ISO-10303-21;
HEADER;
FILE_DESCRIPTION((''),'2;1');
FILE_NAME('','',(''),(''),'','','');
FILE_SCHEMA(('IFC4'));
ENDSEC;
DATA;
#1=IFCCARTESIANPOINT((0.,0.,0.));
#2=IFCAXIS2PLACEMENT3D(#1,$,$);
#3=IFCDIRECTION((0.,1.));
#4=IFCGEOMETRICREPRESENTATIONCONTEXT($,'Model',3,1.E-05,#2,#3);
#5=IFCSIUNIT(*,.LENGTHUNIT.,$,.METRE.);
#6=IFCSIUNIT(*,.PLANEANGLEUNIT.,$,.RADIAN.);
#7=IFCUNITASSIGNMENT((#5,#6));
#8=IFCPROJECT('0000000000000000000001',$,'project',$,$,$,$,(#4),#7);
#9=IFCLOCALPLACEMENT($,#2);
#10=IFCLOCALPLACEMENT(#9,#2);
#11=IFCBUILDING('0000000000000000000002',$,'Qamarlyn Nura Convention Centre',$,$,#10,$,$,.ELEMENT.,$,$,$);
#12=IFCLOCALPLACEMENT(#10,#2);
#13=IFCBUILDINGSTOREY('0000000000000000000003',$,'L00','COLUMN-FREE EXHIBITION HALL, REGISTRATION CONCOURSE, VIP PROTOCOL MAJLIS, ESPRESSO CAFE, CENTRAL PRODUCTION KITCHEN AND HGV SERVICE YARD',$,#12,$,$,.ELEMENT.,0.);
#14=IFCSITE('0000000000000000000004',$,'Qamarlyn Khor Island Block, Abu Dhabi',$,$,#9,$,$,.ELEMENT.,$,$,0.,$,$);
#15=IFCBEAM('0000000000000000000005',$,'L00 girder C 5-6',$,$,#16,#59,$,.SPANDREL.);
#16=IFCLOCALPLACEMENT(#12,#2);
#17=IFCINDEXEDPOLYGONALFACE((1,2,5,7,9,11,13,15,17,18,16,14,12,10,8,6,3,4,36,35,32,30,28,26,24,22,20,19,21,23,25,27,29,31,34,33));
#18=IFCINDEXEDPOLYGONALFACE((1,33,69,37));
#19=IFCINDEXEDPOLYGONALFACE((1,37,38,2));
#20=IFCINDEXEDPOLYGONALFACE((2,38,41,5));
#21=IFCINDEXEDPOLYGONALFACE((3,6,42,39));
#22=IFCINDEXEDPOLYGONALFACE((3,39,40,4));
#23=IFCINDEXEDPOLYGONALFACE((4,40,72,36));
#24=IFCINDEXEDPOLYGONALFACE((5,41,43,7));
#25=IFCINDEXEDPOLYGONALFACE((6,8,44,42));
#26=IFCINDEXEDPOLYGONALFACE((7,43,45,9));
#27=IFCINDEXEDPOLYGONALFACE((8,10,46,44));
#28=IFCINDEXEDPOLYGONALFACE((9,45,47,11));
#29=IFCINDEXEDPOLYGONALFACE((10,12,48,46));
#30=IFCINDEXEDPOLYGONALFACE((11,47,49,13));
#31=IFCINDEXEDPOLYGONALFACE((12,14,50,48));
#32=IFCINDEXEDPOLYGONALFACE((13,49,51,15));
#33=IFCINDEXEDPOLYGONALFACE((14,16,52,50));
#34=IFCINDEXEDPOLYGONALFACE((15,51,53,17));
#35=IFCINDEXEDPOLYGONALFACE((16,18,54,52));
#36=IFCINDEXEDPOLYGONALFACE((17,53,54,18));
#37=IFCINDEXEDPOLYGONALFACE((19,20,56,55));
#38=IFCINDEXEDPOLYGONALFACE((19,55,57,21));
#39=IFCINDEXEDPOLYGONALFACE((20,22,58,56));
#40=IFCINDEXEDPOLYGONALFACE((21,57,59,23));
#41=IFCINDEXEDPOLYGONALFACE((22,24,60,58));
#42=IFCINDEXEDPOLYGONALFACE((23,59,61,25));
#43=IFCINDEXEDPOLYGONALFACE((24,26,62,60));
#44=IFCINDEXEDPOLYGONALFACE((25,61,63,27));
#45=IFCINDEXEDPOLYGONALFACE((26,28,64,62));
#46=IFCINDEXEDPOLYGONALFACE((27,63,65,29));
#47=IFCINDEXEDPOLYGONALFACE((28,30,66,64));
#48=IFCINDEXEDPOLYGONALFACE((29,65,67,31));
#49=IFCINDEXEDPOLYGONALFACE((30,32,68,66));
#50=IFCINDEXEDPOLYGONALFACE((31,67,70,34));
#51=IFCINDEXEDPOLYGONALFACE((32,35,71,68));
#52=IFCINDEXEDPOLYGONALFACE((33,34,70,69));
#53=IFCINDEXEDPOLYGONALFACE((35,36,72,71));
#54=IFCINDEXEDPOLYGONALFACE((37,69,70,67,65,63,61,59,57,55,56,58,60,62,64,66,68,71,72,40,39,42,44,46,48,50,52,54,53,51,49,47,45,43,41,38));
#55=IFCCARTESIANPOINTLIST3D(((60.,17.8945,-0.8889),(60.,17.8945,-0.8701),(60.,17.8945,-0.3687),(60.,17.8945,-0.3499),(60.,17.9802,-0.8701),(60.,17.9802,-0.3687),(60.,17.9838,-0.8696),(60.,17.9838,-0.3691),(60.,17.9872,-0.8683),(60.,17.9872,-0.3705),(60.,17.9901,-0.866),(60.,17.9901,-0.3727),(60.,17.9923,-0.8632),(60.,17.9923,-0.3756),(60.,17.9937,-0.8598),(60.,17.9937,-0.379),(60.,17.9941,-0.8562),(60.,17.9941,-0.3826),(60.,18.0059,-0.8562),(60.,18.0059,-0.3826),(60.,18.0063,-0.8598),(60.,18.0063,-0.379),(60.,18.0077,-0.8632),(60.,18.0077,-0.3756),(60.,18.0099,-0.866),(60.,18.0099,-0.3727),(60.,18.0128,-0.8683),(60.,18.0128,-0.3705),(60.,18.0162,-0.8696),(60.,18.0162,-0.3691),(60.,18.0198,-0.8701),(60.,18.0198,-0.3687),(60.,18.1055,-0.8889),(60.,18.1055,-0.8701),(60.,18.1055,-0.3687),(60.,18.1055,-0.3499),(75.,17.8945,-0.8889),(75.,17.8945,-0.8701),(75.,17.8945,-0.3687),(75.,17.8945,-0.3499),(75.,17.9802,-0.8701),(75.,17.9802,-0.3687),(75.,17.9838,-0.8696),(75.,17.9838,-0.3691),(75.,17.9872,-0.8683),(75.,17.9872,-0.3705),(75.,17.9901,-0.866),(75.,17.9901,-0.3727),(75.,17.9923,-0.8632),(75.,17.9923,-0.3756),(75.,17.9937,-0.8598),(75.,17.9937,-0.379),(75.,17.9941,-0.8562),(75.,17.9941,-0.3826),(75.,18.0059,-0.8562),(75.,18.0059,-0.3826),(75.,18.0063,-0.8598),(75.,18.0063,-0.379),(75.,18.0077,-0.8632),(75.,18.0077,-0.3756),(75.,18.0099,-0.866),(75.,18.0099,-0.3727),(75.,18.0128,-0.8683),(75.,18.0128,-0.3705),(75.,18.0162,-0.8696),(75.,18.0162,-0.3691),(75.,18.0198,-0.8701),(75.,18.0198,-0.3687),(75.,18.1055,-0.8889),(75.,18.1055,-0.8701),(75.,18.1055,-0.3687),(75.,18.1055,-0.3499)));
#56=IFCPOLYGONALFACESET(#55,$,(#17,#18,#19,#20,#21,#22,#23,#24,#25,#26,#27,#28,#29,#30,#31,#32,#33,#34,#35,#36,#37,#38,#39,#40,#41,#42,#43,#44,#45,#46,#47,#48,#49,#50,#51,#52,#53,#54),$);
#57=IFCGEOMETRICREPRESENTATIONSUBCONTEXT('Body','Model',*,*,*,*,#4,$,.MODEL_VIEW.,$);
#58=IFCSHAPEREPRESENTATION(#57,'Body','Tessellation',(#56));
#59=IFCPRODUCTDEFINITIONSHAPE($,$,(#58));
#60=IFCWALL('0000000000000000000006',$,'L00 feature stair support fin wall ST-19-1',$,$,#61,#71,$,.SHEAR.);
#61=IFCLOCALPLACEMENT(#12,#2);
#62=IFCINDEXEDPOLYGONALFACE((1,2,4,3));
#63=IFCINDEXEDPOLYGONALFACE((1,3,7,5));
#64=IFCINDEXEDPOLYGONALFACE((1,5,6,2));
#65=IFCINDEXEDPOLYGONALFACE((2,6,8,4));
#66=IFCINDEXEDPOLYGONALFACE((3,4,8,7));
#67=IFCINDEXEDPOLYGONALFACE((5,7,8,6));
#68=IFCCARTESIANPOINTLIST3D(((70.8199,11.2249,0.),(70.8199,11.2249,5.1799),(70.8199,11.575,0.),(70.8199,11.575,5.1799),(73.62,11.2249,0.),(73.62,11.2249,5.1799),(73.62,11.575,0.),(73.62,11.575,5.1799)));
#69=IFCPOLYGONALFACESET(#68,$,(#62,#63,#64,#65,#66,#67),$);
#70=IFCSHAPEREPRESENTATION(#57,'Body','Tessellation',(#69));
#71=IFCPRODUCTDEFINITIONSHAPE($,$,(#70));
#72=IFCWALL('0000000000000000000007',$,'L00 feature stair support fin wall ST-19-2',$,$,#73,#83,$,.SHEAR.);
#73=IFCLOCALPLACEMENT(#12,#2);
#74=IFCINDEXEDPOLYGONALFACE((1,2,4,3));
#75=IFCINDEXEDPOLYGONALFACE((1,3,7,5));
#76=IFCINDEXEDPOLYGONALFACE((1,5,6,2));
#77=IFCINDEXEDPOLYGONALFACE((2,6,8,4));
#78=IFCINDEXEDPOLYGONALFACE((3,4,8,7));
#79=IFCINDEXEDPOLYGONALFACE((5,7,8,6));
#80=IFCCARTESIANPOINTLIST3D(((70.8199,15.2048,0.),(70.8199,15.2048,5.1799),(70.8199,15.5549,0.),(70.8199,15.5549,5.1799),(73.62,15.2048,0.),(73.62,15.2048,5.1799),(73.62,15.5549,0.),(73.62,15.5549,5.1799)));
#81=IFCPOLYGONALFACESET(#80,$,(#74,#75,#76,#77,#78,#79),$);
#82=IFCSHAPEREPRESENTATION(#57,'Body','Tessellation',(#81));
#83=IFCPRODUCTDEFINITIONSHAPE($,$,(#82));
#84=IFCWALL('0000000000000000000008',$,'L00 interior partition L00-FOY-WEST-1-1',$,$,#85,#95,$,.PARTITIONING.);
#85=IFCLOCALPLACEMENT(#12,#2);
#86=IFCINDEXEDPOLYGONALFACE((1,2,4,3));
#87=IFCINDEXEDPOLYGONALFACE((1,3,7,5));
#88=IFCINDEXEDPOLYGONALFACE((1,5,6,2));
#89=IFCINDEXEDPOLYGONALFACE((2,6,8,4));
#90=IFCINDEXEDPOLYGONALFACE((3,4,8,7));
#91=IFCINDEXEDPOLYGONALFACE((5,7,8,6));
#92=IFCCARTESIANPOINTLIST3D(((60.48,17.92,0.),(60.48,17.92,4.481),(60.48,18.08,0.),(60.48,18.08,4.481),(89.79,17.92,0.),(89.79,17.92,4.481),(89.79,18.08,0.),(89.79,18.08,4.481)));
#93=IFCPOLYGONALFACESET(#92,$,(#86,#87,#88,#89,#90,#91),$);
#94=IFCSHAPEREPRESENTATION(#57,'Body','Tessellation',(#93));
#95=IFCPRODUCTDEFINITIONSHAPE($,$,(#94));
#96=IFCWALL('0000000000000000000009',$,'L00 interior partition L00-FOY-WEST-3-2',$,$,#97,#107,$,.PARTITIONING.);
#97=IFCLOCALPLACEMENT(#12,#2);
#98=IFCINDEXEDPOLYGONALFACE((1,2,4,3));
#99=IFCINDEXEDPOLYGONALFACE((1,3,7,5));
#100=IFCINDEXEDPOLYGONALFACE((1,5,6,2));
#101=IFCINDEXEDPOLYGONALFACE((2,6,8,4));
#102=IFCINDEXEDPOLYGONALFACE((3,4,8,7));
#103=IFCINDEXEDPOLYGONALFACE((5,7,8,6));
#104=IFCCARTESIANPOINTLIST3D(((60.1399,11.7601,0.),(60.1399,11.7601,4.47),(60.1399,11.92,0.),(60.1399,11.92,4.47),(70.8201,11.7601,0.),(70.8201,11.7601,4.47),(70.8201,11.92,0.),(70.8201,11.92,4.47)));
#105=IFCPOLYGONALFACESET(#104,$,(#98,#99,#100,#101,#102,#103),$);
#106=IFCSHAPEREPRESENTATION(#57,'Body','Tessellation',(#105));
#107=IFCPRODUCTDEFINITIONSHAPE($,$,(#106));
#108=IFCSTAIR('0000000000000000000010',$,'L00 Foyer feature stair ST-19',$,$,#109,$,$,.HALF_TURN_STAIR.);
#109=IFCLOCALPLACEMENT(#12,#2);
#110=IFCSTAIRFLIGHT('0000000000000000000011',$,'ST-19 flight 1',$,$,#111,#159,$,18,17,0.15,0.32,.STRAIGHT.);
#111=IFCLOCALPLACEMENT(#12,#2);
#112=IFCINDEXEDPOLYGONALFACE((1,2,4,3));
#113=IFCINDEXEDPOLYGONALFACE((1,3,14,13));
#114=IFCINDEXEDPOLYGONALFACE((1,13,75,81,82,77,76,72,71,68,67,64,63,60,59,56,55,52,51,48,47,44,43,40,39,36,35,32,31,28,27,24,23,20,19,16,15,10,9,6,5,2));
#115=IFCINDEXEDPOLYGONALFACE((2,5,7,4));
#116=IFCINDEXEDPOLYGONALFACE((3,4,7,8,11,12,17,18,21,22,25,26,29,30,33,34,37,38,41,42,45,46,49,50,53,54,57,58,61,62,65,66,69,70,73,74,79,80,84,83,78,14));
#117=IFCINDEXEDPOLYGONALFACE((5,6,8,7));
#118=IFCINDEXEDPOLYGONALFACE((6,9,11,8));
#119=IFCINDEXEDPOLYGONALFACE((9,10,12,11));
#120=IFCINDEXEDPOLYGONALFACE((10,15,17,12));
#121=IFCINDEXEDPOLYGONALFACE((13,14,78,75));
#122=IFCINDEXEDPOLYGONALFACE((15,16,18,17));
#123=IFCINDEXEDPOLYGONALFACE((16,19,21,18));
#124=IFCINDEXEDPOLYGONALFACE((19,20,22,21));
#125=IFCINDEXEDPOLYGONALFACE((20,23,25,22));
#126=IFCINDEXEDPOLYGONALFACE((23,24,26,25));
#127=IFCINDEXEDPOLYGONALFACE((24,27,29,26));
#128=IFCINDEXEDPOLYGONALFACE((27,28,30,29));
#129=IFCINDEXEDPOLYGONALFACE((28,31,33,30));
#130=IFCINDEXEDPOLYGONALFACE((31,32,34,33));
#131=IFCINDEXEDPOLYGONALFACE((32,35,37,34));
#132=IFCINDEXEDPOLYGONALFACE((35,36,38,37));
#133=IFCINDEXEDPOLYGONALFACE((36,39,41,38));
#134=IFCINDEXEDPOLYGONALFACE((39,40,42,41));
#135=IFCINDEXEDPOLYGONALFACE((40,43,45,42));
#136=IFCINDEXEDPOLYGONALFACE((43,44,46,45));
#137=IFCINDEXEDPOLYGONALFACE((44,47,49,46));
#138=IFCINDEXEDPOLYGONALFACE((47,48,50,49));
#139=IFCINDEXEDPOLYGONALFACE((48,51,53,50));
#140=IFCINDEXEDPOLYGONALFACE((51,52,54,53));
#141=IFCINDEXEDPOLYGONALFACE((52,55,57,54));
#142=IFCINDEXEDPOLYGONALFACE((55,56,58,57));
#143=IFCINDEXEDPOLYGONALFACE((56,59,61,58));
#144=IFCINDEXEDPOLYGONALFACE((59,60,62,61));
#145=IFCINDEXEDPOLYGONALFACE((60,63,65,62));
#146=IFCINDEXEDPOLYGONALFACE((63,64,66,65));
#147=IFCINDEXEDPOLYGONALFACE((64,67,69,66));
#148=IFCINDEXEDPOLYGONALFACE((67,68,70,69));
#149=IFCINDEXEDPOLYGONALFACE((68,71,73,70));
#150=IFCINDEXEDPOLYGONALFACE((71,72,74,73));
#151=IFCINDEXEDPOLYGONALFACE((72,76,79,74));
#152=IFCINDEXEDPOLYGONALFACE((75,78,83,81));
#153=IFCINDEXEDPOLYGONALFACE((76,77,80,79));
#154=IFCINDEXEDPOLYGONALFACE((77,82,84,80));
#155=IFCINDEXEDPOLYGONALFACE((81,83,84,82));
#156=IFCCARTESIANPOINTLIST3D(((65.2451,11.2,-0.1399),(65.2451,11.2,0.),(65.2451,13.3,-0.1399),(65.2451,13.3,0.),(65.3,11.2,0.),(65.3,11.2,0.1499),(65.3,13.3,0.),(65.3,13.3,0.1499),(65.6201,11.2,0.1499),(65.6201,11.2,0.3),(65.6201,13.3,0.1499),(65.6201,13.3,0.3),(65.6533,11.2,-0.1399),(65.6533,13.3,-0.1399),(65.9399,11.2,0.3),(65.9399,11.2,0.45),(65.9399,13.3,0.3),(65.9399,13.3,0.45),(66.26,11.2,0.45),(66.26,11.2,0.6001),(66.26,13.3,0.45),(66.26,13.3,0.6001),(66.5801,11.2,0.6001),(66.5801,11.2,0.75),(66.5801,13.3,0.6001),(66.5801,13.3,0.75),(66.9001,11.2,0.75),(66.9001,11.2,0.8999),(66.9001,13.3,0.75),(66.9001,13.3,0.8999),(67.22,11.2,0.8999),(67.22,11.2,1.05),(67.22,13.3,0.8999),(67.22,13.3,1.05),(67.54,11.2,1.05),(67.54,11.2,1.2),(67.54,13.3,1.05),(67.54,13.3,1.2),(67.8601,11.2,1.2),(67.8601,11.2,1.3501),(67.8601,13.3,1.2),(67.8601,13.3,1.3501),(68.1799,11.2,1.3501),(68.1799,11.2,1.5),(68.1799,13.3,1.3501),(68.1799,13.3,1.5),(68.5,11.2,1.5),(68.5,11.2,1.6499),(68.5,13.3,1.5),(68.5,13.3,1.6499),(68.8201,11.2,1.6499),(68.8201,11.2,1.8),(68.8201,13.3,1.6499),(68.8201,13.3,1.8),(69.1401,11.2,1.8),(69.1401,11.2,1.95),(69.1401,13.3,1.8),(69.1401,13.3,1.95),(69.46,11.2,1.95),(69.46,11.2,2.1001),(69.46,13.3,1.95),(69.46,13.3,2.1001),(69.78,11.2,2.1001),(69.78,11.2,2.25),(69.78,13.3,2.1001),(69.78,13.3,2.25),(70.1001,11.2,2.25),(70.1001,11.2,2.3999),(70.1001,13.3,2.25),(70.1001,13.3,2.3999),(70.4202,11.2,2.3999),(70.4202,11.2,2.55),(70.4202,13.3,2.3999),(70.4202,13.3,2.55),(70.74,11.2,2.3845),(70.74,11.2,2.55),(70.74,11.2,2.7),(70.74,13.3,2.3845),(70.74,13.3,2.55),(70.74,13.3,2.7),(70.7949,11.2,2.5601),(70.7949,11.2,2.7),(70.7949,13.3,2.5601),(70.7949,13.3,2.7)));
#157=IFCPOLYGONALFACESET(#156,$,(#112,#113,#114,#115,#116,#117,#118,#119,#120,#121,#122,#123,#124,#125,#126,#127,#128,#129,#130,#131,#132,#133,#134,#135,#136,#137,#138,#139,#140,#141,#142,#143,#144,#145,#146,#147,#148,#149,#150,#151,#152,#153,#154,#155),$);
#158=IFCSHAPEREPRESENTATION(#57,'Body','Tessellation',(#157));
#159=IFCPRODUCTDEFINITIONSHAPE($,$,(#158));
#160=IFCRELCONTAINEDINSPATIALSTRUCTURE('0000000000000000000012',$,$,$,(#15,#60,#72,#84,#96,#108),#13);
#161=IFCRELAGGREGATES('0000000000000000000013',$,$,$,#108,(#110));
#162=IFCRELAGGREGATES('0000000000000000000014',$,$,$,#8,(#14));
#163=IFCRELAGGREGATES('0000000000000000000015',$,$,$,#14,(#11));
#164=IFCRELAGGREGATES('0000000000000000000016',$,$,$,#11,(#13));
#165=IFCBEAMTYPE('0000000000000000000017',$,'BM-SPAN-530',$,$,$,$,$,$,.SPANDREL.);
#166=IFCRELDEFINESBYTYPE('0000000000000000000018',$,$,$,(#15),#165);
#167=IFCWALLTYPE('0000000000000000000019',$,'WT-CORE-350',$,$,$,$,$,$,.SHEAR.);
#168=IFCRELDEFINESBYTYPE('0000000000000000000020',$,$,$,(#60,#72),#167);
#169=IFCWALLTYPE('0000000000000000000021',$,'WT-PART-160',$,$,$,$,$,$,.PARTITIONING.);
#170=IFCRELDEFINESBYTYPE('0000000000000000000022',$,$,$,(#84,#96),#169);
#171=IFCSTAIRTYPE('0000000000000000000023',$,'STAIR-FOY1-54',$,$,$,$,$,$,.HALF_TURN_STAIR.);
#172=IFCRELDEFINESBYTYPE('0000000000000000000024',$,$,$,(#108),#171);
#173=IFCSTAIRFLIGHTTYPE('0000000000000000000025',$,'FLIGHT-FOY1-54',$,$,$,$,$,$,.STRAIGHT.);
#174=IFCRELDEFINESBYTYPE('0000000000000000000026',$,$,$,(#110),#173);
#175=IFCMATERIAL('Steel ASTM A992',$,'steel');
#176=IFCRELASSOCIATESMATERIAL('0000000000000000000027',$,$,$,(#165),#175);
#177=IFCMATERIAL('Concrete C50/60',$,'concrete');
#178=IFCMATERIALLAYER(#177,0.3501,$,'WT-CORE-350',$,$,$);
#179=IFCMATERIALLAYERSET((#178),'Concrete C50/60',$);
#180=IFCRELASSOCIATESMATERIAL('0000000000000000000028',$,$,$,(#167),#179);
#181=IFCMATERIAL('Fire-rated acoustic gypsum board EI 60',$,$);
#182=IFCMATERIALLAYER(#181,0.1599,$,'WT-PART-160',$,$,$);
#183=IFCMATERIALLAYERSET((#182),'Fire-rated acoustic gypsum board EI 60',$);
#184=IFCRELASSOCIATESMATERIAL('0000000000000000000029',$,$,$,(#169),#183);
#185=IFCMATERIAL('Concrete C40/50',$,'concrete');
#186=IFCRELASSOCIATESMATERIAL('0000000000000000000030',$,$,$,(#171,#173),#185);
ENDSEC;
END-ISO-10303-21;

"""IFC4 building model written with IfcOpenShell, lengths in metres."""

from ifc_helpers import new_model, si_unit, direction, frame, frame_2d, origin, origin_2d, place, context, subcontext, project, spatial, polyline, rectangle, i_section, outline, extrude, material, layer, layer_set, material_profile, profile_set, type_object, element, aggregate, save


model = new_model("IFC4")

# Units and contexts
model_context = context("Model", 3, precision=1e-05, world=origin(), true_north=direction((0.0, 1.0)))
body_context = subcontext(model_context, "Body", "Model", "MODEL_VIEW")
ifc_project = project(units=[si_unit("LENGTHUNIT", "METRE"), si_unit("PLANEANGLEUNIT", "RADIAN")], contexts=[model_context])

# Site, building, storey
site_placement = place(None, origin())
site = spatial("IfcSite", under=ifc_project, at=site_placement, Name="Qamarlyn Khor Island Block, Abu Dhabi", CompositionType="ELEMENT", RefElevation=0.0)
building_placement = place(site_placement, origin())
building = spatial("IfcBuilding", under=site, at=building_placement, Name="Qamarlyn Nura Convention Centre", CompositionType="ELEMENT")
storey_placement = place(building_placement, origin())
storey = spatial("IfcBuildingStorey", under=building, at=storey_placement, Name="L00", Description="COLUMN-FREE EXHIBITION HALL, REGISTRATION CONCOURSE, VIP PROTOCOL MAJLIS, ESPRESSO CAFE, CENTRAL PRODUCTION KITCHEN AND HGV SERVICE YARD", CompositionType="ELEMENT", Elevation=0.0)

# Shared definitions
ifc_material_1 = material(Name="Concrete C50/60", Category="concrete")

# Beam
ifc_material_2 = material(Name="Steel ASTM A992", Category="steel")
ifc_material_profile_1 = material_profile(ifc_material_2, i_section(OverallWidth=0.2109, OverallDepth=0.5391, WebThickness=0.0117, FlangeThickness=0.0188, FilletRadius=0.0139, at=origin_2d()), Name="W530X109")
ifc_profile_set_1 = profile_set([ifc_material_profile_1], Name="Steel ASTM A992")
beam_type_1 = type_object("IfcBeamType", Name="BM-SPAN-530", PredefinedType="SPANDREL", material=ifc_profile_set_1)
beam_1_placement = place(storey_placement, frame((60.0, 18.0, -0.6194), z_axis=(1.0, 0.0, 0.0), x_axis=(0.0, 1.0, 0.0)))
element("IfcBeam", 1, at=beam_1_placement, inside=storey, type_object=beam_type_1, Name="L00 girder C 5-6", PredefinedType="SPANDREL", context=body_context, shape_type="SweptSolid", body=[
    extrude(i_section(OverallWidth=0.2109, OverallDepth=0.5391, WebThickness=0.0117, FlangeThickness=0.0188, FilletRadius=0.0139, at=origin_2d()), origin(), (0.0, 0.0, 1.0), 15.0),
])

# Walls
ifc_layer_1 = layer(ifc_material_1, 0.3501, Name="WT-CORE-350")
ifc_layer_set_1 = layer_set([ifc_layer_1], Name="Concrete C50/60")
wall_type_1 = type_object("IfcWallType", Name="WT-CORE-350", PredefinedType="SHEAR", material=ifc_layer_set_1)
for number, where, z_axis, x_axis, name in (
    (2, (70.8201, 11.3999, 0.0), (0.0, 0.0, 1.0), (1.0, 0.0, 0.0), "L00 feature stair support fin wall ST-19-1"),
    (3, (70.8201, 15.3799, 0.0), (0.0, 0.0, 1.0), (1.0, 0.0, 0.0), "L00 feature stair support fin wall ST-19-2"),
):
    element("IfcWall", number, at=place(storey_placement, frame(where, z_axis=z_axis, x_axis=x_axis)), inside=storey, type_object=wall_type_1, Name=name, PredefinedType="SHEAR", context=body_context, shape_type="SweptSolid", body=[
        extrude(rectangle(XDim=2.8, YDim=0.3501, at=frame_2d((1.3999, 0.0))), origin(), (0.0, 0.0, 1.0), 5.1799),
    ])
ifc_material_3 = material(Name="Fire-rated acoustic gypsum board EI 60")
ifc_layer_2 = layer(ifc_material_3, 0.1599, Name="WT-PART-160")
ifc_layer_set_2 = layer_set([ifc_layer_2], Name="Fire-rated acoustic gypsum board EI 60")
wall_type_2 = type_object("IfcWallType", Name="WT-PART-160", PredefinedType="PARTITIONING", material=ifc_layer_set_2)
wall_1_placement = place(storey_placement, frame((60.48, 18.0, 0.0), z_axis=(0.0, 0.0, 1.0), x_axis=(1.0, 0.0, 0.0)))
element("IfcWall", 4, at=wall_1_placement, inside=storey, type_object=wall_type_2, Name="L00 interior partition L00-FOY-WEST-1-1", PredefinedType="PARTITIONING", context=body_context, shape_type="SweptSolid", body=[
    extrude(rectangle(XDim=29.3101, YDim=0.1599, at=frame_2d((14.655, 0.0))), origin(), (0.0, 0.0, 1.0), 4.481),
])
wall_2_placement = place(storey_placement, frame((70.8201, 11.8401, 0.0), z_axis=(0.0, 0.0, 1.0), x_axis=(-1.0, 0.0, 0.0)))
element("IfcWall", 5, at=wall_2_placement, inside=storey, type_object=wall_type_2, Name="L00 interior partition L00-FOY-WEST-3-2", PredefinedType="PARTITIONING", context=body_context, shape_type="SweptSolid", body=[
    extrude(rectangle(XDim=10.6802, YDim=0.1599, at=frame_2d((5.3401, 0.0))), origin(), (0.0, 0.0, 1.0), 4.47),
])

# Stair, stair flight
ifc_material_4 = material(Name="Concrete C40/50", Category="concrete")
stair_type = type_object("IfcStairType", Name="STAIR-FOY1-54", PredefinedType="HALF_TURN_STAIR", material=ifc_material_4)
stair_placement = place(storey_placement, origin())
stair = element("IfcStair", 6, at=stair_placement, inside=storey, type_object=stair_type, Name="L00 Foyer feature stair ST-19", PredefinedType="HALF_TURN_STAIR")
stair_flight_type = type_object("IfcStairFlightType", Name="FLIGHT-FOY1-54", PredefinedType="STRAIGHT", material=ifc_material_4)
stair_flight_1_placement = place(storey_placement, frame((65.3, 12.25, 0.0), z_axis=(0.0, 0.0, 1.0), x_axis=(1.0, 0.0, 0.0)))
stair_flight_1 = element("IfcStairFlight", 7, at=stair_flight_1_placement, type_object=stair_flight_type, Name="ST-19 flight 1", NumberOfRisers=18, NumberOfTreads=17, PredefinedType="STRAIGHT", RiserHeight=0.15, TreadLength=0.32, context=body_context, shape_type="SweptSolid", body=[
    extrude(outline(polyline([(-0.0549, 0.0), (0.0, 0.0), (0.0, 0.1499), (0.3201, 0.1499), (0.3201, 0.3), (0.6399, 0.3), (0.6399, 0.45), (0.96, 0.45), (0.96, 0.6001), (1.28, 0.6001), (1.28, 0.75), (1.6001, 0.75), (1.6001, 0.8999), (1.9199, 0.8999), (1.9199, 1.05), (2.24, 1.05), (2.24, 1.2), (2.5601, 1.2), (2.5601, 1.3501), (2.8799, 1.3501), (2.8799, 1.5), (3.2, 1.5), (3.2, 1.6499), (3.52, 1.6499), (3.52, 1.8), (3.8401, 1.8), (3.8401, 1.95), (4.1599, 1.95), (4.1599, 2.1001), (4.48, 2.1001), (4.48, 2.25), (4.8, 2.25), (4.8, 2.3999), (5.1201, 2.3999), (5.1201, 2.55), (5.4399, 2.55), (5.4399, 2.7), (5.4949, 2.7), (5.4949, 2.5601), (5.4399, 2.3845), (0.3533, -0.1399), (-0.0549, -0.1399), (-0.0549, 0.0)])), frame((0.0, 1.05, 0.0), z_axis=(0.0, -1.0, 0.0), x_axis=(1.0, 0.0, 0.0)), (0.0, 0.0, 1.0), 2.1001),
])
aggregate(stair, [stair_flight_1])

save(model, "model.ifc")
